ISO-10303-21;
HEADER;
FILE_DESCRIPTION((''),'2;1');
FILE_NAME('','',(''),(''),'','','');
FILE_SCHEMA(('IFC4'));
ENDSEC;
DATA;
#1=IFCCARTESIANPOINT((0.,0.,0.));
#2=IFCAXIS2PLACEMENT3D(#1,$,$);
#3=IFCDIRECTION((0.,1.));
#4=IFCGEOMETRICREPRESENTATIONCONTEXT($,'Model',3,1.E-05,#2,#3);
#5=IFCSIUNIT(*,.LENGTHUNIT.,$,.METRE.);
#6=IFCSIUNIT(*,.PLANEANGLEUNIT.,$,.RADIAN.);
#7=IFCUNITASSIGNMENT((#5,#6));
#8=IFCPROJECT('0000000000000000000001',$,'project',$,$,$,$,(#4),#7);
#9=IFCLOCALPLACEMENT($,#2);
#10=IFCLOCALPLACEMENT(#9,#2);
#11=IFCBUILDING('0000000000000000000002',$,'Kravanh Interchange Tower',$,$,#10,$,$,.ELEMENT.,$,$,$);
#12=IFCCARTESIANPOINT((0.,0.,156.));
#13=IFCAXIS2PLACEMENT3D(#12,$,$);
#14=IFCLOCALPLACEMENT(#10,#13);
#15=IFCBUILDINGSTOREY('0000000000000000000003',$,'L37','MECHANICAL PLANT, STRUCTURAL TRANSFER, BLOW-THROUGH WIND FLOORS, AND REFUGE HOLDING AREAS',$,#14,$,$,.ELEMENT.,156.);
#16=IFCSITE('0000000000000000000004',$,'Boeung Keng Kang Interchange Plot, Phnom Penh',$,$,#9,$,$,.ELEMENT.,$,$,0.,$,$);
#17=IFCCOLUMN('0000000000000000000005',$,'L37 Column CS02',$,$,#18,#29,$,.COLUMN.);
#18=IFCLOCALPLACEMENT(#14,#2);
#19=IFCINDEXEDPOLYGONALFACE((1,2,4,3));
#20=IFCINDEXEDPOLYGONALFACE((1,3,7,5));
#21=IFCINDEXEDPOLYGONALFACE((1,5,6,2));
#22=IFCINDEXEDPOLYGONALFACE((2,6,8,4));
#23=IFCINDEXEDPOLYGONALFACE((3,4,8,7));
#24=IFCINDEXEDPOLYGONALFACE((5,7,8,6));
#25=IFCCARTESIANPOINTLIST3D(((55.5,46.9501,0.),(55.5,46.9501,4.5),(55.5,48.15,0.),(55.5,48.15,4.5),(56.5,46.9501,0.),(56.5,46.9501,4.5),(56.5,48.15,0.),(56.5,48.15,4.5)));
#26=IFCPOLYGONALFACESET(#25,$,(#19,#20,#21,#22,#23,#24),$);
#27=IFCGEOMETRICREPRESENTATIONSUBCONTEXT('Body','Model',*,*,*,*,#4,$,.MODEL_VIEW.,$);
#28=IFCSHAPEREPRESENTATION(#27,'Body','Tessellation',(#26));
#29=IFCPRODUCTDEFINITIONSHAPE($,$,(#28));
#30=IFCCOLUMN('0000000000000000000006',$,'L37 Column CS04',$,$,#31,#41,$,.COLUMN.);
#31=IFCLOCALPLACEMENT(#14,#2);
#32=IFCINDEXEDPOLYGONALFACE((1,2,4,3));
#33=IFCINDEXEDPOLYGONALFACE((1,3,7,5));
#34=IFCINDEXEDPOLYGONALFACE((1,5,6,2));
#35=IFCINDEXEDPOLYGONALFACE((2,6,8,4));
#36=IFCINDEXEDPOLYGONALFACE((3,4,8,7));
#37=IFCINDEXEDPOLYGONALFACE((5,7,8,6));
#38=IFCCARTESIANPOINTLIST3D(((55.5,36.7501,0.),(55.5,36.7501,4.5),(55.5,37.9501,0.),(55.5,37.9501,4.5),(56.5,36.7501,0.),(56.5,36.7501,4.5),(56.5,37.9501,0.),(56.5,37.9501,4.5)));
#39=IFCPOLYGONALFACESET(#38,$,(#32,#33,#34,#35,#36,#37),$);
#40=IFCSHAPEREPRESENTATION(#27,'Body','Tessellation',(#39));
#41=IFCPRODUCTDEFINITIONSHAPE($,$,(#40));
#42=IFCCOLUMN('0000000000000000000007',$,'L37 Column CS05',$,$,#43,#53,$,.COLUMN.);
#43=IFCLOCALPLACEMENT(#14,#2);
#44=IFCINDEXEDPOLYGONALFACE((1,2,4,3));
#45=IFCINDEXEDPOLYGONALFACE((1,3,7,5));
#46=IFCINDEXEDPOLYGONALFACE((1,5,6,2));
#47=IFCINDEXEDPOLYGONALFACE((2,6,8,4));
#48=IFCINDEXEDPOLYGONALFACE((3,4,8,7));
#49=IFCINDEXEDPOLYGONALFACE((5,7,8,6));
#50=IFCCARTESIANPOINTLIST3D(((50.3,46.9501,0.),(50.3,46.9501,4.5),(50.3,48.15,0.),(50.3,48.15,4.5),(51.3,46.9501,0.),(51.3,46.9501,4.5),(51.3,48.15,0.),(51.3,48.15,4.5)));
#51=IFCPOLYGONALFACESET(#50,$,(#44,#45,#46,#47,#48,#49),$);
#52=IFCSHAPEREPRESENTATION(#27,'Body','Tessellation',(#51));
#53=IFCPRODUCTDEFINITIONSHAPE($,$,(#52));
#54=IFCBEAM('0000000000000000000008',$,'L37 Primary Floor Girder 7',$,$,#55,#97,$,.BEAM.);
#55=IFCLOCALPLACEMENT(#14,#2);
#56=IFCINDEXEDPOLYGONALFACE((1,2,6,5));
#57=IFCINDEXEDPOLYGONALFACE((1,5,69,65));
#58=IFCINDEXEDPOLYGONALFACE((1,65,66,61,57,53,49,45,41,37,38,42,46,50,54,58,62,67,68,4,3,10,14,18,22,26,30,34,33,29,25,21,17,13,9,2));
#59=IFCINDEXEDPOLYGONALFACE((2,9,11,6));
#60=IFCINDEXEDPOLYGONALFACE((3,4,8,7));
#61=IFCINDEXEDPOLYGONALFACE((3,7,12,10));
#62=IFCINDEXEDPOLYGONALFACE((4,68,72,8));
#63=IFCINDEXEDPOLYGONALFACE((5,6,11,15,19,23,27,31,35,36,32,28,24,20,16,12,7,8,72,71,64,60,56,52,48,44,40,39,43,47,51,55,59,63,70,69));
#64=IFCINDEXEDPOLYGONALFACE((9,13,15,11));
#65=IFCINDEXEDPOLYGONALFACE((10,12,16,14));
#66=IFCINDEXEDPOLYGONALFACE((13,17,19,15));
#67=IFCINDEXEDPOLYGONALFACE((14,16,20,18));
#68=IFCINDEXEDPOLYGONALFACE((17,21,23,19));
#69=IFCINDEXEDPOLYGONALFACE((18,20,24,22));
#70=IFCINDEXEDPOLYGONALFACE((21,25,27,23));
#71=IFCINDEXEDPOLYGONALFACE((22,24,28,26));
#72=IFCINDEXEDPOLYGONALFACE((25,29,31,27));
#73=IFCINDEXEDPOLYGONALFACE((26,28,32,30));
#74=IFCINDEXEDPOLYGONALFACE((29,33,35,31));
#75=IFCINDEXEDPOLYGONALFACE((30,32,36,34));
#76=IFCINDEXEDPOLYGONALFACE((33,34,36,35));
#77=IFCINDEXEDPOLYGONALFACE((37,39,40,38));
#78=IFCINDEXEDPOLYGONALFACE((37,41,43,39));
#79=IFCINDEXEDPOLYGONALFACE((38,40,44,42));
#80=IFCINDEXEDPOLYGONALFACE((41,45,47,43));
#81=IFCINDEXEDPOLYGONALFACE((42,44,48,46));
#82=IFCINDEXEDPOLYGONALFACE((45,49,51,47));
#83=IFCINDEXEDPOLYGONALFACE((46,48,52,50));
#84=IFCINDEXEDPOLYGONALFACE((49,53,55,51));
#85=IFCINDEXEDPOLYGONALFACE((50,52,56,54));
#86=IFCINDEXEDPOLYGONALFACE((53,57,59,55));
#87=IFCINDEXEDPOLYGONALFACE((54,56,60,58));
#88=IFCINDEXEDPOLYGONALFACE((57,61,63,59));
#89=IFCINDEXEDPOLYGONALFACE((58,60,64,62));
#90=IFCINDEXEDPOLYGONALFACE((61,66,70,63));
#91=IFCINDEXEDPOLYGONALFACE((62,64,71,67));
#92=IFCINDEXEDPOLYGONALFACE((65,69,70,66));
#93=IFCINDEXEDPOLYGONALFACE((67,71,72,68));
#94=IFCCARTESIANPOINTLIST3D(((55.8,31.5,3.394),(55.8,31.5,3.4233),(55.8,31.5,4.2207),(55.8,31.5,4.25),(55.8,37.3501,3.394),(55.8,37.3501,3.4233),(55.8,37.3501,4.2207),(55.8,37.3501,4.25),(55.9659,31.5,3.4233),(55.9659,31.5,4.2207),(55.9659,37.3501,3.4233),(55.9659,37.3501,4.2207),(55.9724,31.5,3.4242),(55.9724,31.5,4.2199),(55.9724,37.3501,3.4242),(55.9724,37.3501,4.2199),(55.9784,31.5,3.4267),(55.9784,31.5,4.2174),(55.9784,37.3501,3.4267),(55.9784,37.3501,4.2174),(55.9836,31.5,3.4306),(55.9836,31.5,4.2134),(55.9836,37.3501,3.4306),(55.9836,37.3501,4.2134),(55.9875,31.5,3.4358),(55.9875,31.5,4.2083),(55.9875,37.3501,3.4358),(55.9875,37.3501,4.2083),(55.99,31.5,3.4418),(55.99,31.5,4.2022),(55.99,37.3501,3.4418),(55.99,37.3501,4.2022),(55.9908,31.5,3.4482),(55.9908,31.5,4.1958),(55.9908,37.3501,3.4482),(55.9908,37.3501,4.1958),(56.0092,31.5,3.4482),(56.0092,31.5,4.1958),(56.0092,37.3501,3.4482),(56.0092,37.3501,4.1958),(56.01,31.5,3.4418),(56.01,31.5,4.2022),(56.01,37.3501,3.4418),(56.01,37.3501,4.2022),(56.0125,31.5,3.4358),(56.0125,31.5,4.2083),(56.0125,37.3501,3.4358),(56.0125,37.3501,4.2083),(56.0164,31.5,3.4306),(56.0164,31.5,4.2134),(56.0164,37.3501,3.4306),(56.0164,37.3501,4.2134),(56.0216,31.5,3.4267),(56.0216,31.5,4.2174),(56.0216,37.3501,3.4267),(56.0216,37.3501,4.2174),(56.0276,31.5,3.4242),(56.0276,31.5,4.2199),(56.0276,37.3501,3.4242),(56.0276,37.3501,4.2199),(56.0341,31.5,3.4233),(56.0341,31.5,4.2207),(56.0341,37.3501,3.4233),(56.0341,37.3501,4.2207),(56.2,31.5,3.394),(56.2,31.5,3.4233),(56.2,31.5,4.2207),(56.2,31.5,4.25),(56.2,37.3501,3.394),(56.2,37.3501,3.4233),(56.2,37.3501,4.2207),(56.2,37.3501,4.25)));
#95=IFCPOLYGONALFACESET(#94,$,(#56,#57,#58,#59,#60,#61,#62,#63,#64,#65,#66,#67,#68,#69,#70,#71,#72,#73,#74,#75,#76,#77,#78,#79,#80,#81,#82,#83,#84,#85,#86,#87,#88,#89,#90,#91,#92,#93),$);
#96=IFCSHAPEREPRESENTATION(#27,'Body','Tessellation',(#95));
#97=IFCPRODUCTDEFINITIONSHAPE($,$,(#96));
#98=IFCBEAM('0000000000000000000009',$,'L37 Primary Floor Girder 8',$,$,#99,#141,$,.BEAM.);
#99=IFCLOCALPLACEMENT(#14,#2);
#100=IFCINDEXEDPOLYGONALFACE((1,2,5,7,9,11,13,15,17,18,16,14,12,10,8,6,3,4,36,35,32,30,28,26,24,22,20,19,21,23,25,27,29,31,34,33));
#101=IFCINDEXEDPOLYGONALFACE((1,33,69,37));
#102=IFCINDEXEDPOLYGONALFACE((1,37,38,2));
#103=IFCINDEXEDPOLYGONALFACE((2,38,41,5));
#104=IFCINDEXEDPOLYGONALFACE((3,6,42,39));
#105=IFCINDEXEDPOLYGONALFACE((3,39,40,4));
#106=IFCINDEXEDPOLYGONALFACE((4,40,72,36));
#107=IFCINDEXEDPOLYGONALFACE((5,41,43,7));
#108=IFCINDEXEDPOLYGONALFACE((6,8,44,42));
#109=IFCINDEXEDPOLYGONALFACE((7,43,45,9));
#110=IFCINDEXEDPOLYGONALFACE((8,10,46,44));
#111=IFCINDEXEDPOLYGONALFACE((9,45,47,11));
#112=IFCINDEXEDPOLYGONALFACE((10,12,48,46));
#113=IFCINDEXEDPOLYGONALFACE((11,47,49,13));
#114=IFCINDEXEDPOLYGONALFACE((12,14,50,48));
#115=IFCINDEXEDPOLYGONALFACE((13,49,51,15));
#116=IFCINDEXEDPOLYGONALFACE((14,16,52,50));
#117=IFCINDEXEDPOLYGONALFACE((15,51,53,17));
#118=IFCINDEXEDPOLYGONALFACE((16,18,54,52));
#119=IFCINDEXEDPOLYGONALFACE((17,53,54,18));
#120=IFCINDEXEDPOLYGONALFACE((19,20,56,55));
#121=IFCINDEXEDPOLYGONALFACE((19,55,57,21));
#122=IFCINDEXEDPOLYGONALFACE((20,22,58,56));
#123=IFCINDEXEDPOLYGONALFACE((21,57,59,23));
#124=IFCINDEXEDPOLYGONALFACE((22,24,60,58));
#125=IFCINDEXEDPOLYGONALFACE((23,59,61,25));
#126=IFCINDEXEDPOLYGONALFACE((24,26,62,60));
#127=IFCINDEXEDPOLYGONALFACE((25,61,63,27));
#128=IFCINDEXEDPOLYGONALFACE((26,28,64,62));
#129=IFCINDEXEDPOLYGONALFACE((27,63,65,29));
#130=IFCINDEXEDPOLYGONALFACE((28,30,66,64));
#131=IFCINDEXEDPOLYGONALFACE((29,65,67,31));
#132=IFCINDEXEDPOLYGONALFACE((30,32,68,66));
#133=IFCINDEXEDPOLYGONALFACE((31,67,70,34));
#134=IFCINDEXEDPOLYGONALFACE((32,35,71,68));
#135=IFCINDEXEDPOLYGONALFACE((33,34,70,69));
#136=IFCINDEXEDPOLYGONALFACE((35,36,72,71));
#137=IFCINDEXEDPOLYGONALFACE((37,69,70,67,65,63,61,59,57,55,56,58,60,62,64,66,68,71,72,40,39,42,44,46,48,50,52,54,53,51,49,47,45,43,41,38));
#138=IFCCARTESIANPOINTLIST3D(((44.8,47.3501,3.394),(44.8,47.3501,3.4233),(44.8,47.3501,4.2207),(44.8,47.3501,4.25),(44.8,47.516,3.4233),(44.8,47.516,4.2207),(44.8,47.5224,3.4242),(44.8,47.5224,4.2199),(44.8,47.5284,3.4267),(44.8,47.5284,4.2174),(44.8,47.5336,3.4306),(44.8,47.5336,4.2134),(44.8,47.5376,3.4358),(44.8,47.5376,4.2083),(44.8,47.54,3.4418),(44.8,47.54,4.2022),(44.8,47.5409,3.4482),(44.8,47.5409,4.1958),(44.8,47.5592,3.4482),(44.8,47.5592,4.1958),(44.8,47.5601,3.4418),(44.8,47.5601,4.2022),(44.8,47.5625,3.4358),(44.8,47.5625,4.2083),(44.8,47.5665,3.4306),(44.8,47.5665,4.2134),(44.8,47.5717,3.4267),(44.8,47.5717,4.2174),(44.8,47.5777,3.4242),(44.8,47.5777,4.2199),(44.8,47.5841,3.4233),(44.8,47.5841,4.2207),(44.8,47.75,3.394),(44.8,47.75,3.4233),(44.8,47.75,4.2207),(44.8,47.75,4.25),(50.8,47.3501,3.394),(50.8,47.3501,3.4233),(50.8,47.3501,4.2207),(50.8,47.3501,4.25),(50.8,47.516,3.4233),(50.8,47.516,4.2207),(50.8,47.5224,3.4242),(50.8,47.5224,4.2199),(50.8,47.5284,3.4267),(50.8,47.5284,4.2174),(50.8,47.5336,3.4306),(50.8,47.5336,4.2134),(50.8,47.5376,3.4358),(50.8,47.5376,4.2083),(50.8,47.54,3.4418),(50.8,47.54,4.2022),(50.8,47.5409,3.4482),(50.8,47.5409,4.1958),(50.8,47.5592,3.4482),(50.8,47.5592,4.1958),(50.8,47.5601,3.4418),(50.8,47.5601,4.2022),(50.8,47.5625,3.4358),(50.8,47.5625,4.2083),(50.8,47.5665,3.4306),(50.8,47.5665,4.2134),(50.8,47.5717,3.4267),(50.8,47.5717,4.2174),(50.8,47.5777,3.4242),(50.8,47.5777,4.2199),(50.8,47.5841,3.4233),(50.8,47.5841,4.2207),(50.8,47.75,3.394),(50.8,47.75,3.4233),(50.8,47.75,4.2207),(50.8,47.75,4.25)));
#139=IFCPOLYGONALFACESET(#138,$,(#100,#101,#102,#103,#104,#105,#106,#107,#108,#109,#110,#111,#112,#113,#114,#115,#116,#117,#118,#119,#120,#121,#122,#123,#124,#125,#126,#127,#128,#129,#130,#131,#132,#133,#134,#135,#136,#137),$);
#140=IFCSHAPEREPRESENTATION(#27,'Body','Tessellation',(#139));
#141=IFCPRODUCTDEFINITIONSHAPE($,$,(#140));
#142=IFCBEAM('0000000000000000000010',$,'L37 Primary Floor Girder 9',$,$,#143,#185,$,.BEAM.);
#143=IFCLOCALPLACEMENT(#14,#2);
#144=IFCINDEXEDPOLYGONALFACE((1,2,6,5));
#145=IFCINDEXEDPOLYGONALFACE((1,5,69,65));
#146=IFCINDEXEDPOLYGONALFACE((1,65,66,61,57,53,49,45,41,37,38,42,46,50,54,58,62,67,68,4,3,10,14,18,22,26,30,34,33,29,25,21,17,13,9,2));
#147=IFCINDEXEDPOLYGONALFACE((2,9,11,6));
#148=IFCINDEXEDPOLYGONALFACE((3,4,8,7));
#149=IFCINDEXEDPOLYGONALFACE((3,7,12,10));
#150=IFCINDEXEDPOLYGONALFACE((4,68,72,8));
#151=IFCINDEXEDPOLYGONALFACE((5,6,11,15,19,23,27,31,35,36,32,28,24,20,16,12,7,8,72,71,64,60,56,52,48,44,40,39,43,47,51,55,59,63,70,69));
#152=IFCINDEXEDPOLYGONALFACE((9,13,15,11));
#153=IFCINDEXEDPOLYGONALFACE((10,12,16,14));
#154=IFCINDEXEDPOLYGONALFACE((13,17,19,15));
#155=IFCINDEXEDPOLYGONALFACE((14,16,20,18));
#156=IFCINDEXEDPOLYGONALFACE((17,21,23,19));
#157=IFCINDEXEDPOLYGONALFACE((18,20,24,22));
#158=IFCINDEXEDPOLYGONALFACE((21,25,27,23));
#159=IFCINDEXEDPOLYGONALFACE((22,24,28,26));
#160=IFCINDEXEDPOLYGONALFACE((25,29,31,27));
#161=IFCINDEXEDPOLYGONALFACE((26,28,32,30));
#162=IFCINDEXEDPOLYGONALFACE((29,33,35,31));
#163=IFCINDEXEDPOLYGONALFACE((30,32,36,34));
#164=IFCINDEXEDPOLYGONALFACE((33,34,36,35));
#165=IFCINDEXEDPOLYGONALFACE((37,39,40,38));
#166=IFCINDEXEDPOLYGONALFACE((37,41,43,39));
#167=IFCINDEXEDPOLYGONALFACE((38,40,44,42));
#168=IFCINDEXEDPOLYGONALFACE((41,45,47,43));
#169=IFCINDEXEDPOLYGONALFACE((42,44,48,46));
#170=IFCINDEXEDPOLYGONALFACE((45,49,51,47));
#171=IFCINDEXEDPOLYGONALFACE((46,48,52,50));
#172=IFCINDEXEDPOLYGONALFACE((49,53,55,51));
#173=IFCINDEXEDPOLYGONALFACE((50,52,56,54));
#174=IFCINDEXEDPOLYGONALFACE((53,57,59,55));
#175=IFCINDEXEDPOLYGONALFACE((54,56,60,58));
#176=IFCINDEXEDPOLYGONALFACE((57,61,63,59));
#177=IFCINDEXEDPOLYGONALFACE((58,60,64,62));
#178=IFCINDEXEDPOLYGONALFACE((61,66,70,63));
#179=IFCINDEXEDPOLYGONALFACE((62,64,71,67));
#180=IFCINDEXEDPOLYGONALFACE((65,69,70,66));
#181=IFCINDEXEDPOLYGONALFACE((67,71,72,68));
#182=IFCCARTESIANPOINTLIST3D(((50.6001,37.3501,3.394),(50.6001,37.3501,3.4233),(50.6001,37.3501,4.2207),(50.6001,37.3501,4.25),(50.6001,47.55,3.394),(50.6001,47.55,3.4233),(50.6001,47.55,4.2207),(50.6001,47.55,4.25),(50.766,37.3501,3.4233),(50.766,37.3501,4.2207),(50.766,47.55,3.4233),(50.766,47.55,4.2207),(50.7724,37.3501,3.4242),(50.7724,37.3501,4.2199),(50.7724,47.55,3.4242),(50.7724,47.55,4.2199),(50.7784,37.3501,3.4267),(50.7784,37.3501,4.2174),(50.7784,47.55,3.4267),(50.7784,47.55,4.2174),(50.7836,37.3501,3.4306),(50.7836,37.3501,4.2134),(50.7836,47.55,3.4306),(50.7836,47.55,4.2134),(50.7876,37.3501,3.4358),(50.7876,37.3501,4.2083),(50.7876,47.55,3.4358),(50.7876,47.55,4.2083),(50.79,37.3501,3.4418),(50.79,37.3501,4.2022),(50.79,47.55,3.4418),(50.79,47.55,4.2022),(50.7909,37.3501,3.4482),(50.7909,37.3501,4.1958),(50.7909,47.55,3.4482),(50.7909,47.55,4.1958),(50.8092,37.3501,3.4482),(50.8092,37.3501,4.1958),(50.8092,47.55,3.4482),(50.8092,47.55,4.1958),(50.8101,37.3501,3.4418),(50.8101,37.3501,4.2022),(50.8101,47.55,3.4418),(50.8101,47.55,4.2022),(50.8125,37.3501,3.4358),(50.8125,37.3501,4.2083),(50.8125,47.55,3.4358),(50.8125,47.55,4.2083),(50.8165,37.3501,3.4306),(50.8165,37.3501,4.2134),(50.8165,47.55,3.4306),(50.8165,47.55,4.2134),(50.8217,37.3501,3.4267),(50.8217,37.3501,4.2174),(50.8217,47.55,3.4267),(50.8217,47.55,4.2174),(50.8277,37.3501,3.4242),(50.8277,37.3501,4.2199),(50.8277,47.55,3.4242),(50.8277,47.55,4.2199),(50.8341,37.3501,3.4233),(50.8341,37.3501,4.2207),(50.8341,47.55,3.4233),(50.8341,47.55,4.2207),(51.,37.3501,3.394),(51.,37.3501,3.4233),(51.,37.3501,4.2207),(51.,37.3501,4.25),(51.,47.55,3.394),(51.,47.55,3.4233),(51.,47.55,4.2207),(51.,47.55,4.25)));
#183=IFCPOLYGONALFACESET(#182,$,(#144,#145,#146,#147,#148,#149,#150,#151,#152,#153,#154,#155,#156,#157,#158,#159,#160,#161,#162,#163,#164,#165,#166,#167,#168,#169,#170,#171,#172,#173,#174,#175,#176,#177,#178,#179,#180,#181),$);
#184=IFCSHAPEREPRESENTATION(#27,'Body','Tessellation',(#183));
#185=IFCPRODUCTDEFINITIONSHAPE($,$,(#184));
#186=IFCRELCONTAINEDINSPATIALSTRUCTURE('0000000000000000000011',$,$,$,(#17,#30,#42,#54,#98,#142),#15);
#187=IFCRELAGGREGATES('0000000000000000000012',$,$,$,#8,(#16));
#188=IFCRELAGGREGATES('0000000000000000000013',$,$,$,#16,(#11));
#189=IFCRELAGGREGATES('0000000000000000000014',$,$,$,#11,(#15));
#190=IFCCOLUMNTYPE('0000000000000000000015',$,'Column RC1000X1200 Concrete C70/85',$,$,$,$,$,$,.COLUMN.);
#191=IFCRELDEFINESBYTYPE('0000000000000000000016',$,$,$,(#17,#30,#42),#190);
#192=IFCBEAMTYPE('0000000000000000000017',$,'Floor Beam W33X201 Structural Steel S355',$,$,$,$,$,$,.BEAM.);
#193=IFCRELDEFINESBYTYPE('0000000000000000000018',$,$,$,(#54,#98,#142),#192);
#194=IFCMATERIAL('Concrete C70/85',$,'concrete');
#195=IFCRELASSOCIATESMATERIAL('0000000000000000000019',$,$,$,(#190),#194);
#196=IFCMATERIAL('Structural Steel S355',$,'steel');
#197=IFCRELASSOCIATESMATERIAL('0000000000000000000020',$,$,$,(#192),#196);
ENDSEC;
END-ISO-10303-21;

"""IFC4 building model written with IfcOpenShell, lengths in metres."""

from ifc_helpers import new_model, si_unit, direction, frame, origin, origin_2d, place, context, subcontext, project, spatial, rectangle, i_section, extrude, material, material_profile, profile_set, type_object, element, save


model = new_model("IFC4")

# Units and contexts
model_context = context("Model", 3, precision=1e-05, world=origin(), true_north=direction((0.0, 1.0)))
body_context = subcontext(model_context, "Body", "Model", "MODEL_VIEW")
ifc_project = project(units=[si_unit("LENGTHUNIT", "METRE"), si_unit("PLANEANGLEUNIT", "RADIAN")], contexts=[model_context])

# Site, building, storey
site_placement = place(None, origin())
site = spatial("IfcSite", under=ifc_project, at=site_placement, Name="Boeung Keng Kang Interchange Plot, Phnom Penh", CompositionType="ELEMENT", RefElevation=0.0)
building_placement = place(site_placement, origin())
building = spatial("IfcBuilding", under=site, at=building_placement, Name="Kravanh Interchange Tower", CompositionType="ELEMENT")
storey_placement = place(building_placement, frame((0.0, 0.0, 156.0)))
storey = spatial("IfcBuildingStorey", under=building, at=storey_placement, Name="L37", Description="MECHANICAL PLANT, STRUCTURAL TRANSFER, BLOW-THROUGH WIND FLOORS, AND REFUGE HOLDING AREAS", CompositionType="ELEMENT", Elevation=156.0)

# Columns
ifc_material_1 = material(Name="Concrete C70/85", Category="concrete")
ifc_material_profile_1 = material_profile(ifc_material_1, rectangle(XDim=1.0, YDim=1.2, at=origin_2d()), Name="RC1000X1200")
ifc_profile_set_1 = profile_set([ifc_material_profile_1], Name="Concrete C70/85")
column_type = type_object("IfcColumnType", Name="Column RC1000X1200 Concrete C70/85", PredefinedType="COLUMN", material=ifc_profile_set_1)
for number, where, z_axis, x_axis, name in (
    (1, (56.0, 47.55, 0.0), (0.0, 0.0, 1.0), (1.0, 0.0, 0.0), "L37 Column CS02"),
    (2, (56.0, 37.3501, 0.0), (0.0, 0.0, 1.0), (1.0, 0.0, 0.0), "L37 Column CS04"),
    (3, (50.8, 47.55, 0.0), (0.0, 0.0, 1.0), (1.0, 0.0, 0.0), "L37 Column CS05"),
):
    element("IfcColumn", number, at=place(storey_placement, frame(where, z_axis=z_axis, x_axis=x_axis)), inside=storey, type_object=column_type, Name=name, PredefinedType="COLUMN", context=body_context, shape_type="SweptSolid", body=[
        extrude(rectangle(XDim=1.0, YDim=1.2, at=origin_2d()), origin(), (0.0, 0.0, 1.0), 4.5),
    ])

# Beams
ifc_material_2 = material(Name="Structural Steel S355", Category="steel")
ifc_material_profile_2 = material_profile(ifc_material_2, i_section(OverallWidth=0.3999, OverallDepth=0.856, WebThickness=0.0183, FlangeThickness=0.0293, FilletRadius=0.0249, at=origin_2d()), Name="W33X201")
ifc_profile_set_2 = profile_set([ifc_material_profile_2], Name="Structural Steel S355")
beam_type_1 = type_object("IfcBeamType", Name="Floor Beam W33X201 Structural Steel S355", PredefinedType="BEAM", material=ifc_profile_set_2)
beam_1_placement = place(storey_placement, frame((56.0, 37.3501, 3.822), z_axis=(0.0, -1.0, 0.0), x_axis=(1.0, 0.0, 0.0)))
element("IfcBeam", 4, at=beam_1_placement, inside=storey, type_object=beam_type_1, Name="L37 Primary Floor Girder 7", PredefinedType="BEAM", context=body_context, shape_type="SweptSolid", body=[
    extrude(i_section(OverallWidth=0.3999, OverallDepth=0.856, WebThickness=0.0183, FlangeThickness=0.0293, FilletRadius=0.0249, at=origin_2d()), origin(), (0.0, 0.0, 1.0), 5.8501),
])
beam_2_placement = place(storey_placement, frame((50.8, 47.55, 3.822), z_axis=(-1.0, 0.0, 0.0), x_axis=(0.0, -1.0, 0.0)))
element("IfcBeam", 5, at=beam_2_placement, inside=storey, type_object=beam_type_1, Name="L37 Primary Floor Girder 8", PredefinedType="BEAM", context=body_context, shape_type="SweptSolid", body=[
    extrude(i_section(OverallWidth=0.3999, OverallDepth=0.856, WebThickness=0.0183, FlangeThickness=0.0293, FilletRadius=0.0249, at=origin_2d()), origin(), (0.0, 0.0, 1.0), 6.0),
])
beam_3_placement = place(storey_placement, frame((50.8, 47.55, 3.822), z_axis=(0.0, -1.0, 0.0), x_axis=(1.0, 0.0, 0.0)))
element("IfcBeam", 6, at=beam_3_placement, inside=storey, type_object=beam_type_1, Name="L37 Primary Floor Girder 9", PredefinedType="BEAM", context=body_context, shape_type="SweptSolid", body=[
    extrude(i_section(OverallWidth=0.3999, OverallDepth=0.856, WebThickness=0.0183, FlangeThickness=0.0293, FilletRadius=0.0249, at=origin_2d()), origin(), (0.0, 0.0, 1.0), 10.2),
])

save(model, "model.ifc")
